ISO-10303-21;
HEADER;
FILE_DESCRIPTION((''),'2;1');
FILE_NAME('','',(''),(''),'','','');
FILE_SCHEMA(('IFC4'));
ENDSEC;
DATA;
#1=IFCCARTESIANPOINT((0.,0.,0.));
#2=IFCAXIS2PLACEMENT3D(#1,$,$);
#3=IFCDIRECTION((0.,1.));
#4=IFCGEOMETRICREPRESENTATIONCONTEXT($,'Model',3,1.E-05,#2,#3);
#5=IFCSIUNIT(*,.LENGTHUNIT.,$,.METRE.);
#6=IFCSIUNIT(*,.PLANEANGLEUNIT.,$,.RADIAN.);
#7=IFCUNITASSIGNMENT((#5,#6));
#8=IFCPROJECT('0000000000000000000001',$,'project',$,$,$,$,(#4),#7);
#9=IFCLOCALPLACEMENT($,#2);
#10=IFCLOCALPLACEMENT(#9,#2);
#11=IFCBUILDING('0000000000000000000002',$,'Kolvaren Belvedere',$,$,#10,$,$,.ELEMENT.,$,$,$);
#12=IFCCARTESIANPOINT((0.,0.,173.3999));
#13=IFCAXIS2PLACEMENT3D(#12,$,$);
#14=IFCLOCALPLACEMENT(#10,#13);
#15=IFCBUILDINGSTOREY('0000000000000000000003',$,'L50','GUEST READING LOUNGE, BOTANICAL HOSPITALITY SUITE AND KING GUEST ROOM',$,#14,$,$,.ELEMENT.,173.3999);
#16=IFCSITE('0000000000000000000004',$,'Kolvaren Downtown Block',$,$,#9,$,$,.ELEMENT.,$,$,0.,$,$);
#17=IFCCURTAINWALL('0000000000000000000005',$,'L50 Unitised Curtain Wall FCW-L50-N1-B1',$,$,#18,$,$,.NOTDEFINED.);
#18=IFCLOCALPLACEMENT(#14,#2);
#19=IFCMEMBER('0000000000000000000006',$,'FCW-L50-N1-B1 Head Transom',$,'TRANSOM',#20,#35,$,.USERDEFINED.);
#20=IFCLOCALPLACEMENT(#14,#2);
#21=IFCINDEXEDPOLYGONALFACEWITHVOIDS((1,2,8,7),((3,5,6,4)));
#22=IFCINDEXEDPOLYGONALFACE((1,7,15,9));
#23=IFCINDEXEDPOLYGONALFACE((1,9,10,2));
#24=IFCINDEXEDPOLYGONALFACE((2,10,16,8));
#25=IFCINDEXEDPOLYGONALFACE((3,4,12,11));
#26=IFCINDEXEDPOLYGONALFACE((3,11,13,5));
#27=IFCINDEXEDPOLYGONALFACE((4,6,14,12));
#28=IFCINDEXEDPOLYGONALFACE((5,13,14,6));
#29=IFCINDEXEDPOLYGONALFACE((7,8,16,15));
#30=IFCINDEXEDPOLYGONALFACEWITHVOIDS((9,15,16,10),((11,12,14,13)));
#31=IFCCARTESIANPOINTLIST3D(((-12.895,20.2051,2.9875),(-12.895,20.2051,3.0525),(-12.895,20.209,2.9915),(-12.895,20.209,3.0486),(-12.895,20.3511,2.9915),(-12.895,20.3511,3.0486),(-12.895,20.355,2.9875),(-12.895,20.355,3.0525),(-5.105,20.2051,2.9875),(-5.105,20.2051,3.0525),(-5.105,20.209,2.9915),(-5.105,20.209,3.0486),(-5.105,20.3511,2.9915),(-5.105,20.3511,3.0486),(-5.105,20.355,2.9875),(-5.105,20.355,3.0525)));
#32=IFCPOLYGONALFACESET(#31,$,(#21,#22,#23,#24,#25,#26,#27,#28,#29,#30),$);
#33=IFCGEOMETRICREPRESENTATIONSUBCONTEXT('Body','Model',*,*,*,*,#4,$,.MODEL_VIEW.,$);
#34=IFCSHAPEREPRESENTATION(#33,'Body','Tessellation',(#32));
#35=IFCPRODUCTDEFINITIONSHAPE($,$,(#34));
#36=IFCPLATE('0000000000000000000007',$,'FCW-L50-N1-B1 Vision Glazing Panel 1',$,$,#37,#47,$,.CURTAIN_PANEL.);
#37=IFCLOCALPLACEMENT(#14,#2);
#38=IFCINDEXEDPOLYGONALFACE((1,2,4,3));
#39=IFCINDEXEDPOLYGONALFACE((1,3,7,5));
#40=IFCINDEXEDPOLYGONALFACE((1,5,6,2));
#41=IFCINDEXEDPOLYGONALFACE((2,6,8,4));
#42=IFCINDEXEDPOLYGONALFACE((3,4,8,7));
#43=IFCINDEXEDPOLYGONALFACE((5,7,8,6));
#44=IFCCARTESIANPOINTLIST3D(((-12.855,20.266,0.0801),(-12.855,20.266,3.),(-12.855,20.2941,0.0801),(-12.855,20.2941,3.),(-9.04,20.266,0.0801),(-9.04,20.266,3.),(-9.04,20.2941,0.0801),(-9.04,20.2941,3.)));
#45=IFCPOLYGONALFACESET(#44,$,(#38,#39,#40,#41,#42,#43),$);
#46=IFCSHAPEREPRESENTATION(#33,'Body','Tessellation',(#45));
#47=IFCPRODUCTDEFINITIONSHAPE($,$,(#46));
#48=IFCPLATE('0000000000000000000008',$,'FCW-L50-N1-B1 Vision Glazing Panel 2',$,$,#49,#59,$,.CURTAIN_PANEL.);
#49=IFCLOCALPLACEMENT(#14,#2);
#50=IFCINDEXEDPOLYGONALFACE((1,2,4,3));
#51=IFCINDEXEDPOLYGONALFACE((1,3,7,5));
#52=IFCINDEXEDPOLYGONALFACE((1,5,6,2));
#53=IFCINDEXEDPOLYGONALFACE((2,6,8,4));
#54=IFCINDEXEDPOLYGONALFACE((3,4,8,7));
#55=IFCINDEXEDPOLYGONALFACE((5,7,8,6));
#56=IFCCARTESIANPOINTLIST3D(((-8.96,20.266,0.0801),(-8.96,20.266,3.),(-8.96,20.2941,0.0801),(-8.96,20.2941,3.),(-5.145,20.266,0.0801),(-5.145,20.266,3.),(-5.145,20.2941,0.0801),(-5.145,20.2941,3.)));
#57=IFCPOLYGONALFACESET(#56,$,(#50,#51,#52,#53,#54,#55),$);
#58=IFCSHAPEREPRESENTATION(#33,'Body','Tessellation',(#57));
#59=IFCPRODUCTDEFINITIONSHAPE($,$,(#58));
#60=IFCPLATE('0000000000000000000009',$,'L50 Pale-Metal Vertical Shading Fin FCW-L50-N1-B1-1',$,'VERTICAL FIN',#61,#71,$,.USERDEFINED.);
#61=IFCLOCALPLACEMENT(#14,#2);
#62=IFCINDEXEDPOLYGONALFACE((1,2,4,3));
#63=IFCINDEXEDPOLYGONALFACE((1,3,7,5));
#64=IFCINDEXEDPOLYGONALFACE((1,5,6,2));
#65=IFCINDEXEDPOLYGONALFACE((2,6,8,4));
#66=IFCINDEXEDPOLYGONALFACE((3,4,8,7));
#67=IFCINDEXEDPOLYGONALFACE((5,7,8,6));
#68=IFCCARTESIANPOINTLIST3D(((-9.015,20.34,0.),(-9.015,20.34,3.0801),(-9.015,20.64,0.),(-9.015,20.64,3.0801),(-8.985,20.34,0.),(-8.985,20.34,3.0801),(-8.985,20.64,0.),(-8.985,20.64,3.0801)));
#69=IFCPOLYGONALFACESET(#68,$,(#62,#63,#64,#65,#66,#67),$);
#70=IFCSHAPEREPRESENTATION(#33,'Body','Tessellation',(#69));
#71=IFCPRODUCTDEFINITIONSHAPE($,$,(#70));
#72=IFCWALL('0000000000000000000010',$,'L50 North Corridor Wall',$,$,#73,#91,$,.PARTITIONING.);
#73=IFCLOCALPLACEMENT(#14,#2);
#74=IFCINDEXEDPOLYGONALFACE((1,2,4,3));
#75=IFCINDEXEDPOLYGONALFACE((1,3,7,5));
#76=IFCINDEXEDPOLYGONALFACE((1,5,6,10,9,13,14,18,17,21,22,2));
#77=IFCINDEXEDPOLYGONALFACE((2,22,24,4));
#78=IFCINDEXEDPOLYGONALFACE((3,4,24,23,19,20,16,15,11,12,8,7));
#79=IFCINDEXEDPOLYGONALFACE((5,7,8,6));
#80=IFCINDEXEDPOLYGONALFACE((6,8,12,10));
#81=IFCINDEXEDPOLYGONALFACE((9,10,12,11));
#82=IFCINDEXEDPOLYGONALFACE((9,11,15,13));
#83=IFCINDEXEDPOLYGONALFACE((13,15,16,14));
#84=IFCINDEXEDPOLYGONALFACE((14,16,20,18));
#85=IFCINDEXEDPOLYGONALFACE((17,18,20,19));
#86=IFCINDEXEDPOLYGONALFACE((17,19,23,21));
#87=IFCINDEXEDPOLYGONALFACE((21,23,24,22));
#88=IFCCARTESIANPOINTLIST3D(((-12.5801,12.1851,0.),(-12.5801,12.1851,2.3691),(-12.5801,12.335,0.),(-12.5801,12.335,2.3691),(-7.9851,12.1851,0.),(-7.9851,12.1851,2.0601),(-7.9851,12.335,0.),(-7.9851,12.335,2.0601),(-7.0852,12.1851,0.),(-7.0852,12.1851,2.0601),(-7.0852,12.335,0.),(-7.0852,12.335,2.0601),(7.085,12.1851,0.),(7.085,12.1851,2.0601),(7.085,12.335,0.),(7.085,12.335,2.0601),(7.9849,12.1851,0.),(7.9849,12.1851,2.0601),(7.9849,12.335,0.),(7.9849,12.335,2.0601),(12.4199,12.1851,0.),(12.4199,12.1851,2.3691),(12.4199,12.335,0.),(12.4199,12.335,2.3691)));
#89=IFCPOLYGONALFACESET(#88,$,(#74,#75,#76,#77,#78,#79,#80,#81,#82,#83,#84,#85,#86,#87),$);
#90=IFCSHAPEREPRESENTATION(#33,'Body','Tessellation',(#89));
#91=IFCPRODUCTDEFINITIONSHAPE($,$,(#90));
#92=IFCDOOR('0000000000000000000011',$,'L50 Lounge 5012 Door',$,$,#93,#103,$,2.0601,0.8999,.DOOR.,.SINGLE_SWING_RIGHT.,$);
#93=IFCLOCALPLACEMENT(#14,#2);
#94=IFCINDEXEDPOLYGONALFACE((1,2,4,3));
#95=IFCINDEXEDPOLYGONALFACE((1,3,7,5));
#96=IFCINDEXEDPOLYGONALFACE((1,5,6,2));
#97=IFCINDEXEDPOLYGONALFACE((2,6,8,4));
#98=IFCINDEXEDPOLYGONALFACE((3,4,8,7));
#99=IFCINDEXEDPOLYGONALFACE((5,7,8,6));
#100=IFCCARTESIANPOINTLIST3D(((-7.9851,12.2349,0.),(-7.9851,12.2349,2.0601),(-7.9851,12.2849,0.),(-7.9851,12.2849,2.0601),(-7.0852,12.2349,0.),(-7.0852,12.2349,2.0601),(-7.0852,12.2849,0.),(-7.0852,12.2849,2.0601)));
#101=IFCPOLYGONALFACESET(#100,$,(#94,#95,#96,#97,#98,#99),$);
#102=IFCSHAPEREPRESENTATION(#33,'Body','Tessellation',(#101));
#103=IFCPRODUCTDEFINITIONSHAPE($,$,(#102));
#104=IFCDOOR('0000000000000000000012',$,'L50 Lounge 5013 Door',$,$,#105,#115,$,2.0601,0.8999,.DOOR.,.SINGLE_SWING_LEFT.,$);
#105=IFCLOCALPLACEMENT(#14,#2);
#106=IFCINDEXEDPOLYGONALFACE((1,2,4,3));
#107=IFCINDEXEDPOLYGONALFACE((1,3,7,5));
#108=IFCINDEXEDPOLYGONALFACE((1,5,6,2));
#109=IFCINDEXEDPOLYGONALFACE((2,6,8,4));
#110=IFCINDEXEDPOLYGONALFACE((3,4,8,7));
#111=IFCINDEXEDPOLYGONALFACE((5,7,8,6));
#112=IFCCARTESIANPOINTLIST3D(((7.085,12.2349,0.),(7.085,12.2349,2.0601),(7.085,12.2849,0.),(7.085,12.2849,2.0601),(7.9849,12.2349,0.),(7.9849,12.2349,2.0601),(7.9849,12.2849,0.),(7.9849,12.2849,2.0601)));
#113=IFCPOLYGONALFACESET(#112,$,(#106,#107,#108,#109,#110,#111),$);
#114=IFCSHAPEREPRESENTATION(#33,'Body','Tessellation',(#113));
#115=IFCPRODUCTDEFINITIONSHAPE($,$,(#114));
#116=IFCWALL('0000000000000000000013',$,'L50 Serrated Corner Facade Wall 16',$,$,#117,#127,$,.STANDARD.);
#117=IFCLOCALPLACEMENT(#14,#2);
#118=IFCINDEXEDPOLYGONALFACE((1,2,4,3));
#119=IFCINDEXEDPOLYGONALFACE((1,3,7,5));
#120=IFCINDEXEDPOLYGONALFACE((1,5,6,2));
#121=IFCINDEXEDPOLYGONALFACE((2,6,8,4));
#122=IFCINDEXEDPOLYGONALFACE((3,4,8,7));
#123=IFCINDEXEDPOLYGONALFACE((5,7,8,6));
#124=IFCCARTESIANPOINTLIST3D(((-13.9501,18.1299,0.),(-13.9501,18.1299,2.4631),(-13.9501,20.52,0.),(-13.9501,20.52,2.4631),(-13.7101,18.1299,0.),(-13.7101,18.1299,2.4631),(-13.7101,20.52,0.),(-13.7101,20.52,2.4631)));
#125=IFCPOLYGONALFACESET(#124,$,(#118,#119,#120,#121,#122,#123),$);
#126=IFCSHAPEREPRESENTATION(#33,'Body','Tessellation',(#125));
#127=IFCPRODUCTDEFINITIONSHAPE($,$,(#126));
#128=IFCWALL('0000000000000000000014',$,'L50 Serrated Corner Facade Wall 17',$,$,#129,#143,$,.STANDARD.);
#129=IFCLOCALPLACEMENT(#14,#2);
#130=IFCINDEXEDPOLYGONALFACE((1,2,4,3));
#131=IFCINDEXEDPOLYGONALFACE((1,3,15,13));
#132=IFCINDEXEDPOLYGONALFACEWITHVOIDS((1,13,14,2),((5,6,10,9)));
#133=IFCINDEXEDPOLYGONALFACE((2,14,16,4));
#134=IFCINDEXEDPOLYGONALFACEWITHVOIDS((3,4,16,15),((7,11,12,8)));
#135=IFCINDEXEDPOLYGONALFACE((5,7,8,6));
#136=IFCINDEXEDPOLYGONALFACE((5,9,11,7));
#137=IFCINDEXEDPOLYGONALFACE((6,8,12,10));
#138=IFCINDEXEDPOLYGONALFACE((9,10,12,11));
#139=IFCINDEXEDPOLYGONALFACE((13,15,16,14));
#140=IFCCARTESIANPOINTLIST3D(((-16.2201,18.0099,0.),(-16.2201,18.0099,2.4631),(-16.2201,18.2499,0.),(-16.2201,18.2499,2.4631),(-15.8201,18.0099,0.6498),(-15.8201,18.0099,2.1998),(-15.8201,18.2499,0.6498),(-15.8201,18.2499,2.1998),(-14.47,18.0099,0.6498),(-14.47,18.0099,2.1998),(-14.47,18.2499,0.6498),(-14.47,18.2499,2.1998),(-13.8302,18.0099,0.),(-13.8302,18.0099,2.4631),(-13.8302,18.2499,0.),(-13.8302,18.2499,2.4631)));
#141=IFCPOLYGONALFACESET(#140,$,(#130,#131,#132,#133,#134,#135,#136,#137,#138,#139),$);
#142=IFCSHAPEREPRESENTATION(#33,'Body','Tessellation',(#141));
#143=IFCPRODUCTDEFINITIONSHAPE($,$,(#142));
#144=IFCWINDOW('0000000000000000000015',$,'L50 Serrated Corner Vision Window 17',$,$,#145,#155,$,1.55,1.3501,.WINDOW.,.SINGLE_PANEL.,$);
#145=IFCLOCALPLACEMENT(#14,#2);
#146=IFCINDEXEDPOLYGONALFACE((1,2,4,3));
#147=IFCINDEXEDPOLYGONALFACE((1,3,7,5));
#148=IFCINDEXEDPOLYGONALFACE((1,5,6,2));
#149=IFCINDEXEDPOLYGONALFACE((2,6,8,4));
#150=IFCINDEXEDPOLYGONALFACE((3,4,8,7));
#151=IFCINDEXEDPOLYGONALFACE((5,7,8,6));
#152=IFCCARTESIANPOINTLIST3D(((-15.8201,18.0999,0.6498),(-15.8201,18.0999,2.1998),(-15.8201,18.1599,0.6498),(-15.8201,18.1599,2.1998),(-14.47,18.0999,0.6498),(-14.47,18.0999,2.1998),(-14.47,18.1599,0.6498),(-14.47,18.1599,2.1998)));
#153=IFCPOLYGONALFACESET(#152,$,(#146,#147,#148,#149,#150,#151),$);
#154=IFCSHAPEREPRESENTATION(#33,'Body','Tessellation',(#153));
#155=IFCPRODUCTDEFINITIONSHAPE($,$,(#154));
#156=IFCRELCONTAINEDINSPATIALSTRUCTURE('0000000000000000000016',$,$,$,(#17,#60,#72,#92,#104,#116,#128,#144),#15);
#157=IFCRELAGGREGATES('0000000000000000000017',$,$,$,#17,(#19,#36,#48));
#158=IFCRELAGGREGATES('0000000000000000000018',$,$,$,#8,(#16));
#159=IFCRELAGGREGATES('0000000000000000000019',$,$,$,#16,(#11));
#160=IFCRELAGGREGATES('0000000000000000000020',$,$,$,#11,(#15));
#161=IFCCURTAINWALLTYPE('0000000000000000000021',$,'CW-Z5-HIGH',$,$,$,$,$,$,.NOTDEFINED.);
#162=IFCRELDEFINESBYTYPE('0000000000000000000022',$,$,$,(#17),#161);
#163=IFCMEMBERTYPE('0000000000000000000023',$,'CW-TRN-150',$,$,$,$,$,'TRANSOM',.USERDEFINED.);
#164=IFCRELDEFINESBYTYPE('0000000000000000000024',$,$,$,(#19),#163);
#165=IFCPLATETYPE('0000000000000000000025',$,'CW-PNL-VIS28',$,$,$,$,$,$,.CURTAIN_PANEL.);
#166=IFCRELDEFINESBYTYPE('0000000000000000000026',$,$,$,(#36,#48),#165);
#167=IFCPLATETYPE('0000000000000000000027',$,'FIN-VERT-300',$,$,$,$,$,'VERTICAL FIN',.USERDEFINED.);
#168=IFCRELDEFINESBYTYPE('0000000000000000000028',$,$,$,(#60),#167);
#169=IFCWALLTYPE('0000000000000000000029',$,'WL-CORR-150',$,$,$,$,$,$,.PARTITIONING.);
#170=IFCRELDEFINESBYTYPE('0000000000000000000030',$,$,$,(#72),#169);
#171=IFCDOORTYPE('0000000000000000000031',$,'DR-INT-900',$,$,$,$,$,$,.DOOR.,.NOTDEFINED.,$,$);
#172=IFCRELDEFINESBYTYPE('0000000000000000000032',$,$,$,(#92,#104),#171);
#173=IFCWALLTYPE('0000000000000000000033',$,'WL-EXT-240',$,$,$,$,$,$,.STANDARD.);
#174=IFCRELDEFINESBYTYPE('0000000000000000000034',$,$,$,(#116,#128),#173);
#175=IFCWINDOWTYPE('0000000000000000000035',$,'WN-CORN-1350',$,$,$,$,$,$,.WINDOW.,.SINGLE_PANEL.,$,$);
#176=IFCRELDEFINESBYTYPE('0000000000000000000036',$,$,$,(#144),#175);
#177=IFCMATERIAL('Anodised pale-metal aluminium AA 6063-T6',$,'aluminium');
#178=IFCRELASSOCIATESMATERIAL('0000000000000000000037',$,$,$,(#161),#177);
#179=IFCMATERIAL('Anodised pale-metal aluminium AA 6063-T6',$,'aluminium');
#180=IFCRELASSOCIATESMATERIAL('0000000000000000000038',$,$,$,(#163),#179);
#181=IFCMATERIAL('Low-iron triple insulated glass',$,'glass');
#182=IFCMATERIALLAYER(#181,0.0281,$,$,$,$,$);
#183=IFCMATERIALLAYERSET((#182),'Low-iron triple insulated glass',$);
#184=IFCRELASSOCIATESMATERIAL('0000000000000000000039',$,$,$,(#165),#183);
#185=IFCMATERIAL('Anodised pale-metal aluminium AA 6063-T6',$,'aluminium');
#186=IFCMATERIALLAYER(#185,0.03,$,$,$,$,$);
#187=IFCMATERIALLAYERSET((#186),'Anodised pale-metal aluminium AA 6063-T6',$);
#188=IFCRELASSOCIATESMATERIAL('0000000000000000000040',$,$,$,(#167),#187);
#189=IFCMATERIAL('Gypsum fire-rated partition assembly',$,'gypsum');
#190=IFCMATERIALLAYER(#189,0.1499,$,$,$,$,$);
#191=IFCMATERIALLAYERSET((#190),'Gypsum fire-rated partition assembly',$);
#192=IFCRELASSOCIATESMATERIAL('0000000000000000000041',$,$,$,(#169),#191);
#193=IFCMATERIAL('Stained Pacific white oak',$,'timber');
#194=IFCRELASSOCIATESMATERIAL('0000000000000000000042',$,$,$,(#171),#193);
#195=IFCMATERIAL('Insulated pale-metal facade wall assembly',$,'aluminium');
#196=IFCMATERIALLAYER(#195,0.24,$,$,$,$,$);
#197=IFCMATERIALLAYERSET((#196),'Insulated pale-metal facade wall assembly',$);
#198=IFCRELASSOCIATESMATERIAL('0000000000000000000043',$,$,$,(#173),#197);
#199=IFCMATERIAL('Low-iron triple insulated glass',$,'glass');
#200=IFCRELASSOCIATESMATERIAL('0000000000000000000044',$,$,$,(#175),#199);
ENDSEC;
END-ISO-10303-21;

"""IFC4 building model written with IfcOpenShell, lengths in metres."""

from ifc_helpers import new_model, si_unit, direction, frame, frame_2d, origin, origin_2d, place, context, subcontext, project, spatial, rectangle, hollow_rectangle, extrude, material, layer, layer_set, material_profile, profile_set, type_object, element, fill, aggregate, save


model = new_model("IFC4")

# Units and contexts
model_context = context("Model", 3, precision=1e-05, world=origin(), true_north=direction((0.0, 1.0)))
body_context = subcontext(model_context, "Body", "Model", "MODEL_VIEW")
ifc_project = project(units=[si_unit("LENGTHUNIT", "METRE"), si_unit("PLANEANGLEUNIT", "RADIAN")], contexts=[model_context])

# Site, building, storey
site_placement = place(None, origin())
site = spatial("IfcSite", under=ifc_project, at=site_placement, Name="Kolvaren Downtown Block", CompositionType="ELEMENT", RefElevation=0.0)
building_placement = place(site_placement, origin())
building = spatial("IfcBuilding", under=site, at=building_placement, Name="Kolvaren Belvedere", CompositionType="ELEMENT")
storey_placement = place(building_placement, frame((0.0, 0.0, 173.3999)))
storey = spatial("IfcBuildingStorey", under=building, at=storey_placement, Name="L50", Description="GUEST READING LOUNGE, BOTANICAL HOSPITALITY SUITE AND KING GUEST ROOM", CompositionType="ELEMENT", Elevation=173.3999)

# Curtain wall
ifc_material_1 = material(Name="Anodised pale-metal aluminium AA 6063-T6", Category="aluminium")
curtain_wall_type = type_object("IfcCurtainWallType", Name="CW-Z5-HIGH", PredefinedType="NOTDEFINED", material=ifc_material_1)
curtain_wall_1_placement = place(storey_placement, origin())
curtain_wall_1 = element("IfcCurtainWall", 1, at=curtain_wall_1_placement, inside=storey, type_object=curtain_wall_type, Name="L50 Unitised Curtain Wall FCW-L50-N1-B1", PredefinedType="NOTDEFINED")

# Member
ifc_material_2 = material(Name="Anodised pale-metal aluminium AA 6063-T6", Category="aluminium")
ifc_material_profile_1 = material_profile(ifc_material_2, hollow_rectangle(XDim=0.0649, YDim=0.1499, WallThickness=0.0039, at=origin_2d()), Name="ALU-TRN-150X65")
ifc_profile_set_1 = profile_set([ifc_material_profile_1], Name="Anodised pale-metal aluminium AA 6063-T6")
member_type_1 = type_object("IfcMemberType", Name="CW-TRN-150", ElementType="TRANSOM", PredefinedType="USERDEFINED", material=ifc_profile_set_1)
member_1_placement = place(storey_placement, frame((-12.895, 20.28, 3.02), z_axis=(1.0, 0.0, 0.0), x_axis=(0.0, 0.0, 1.0)))
member_1 = element("IfcMember", 2, at=member_1_placement, type_object=member_type_1, Name="FCW-L50-N1-B1 Head Transom", ObjectType="TRANSOM", PredefinedType="USERDEFINED", context=body_context, shape_type="SweptSolid", body=[
    extrude(hollow_rectangle(XDim=0.0649, YDim=0.1499, WallThickness=0.0039, at=origin_2d()), origin(), (0.0, 0.0, 1.0), 7.79),
])

# Plates
ifc_material_3 = material(Name="Low-iron triple insulated glass", Category="glass")
ifc_layer_1 = layer(ifc_material_3, 0.0281)
ifc_layer_set_1 = layer_set([ifc_layer_1], Name="Low-iron triple insulated glass")
plate_type_1 = type_object("IfcPlateType", Name="CW-PNL-VIS28", PredefinedType="CURTAIN_PANEL", material=ifc_layer_set_1)
plate_1_placement = place(storey_placement, frame((-10.9475, 20.28, 0.0801), z_axis=(0.0, 0.0, 1.0), x_axis=(1.0, 0.0, 0.0)))
plate_1 = element("IfcPlate", 3, at=plate_1_placement, type_object=plate_type_1, Name="FCW-L50-N1-B1 Vision Glazing Panel 1", PredefinedType="CURTAIN_PANEL", context=body_context, shape_type="SweptSolid", body=[
    extrude(rectangle(XDim=3.8149, YDim=0.0281, at=origin_2d()), origin(), (0.0, 0.0, 1.0), 2.9199),
])
plate_2_placement = place(storey_placement, frame((-7.0525, 20.28, 0.0801), z_axis=(0.0, 0.0, 1.0), x_axis=(1.0, 0.0, 0.0)))
plate_2 = element("IfcPlate", 4, at=plate_2_placement, type_object=plate_type_1, Name="FCW-L50-N1-B1 Vision Glazing Panel 2", PredefinedType="CURTAIN_PANEL", context=body_context, shape_type="SweptSolid", body=[
    extrude(rectangle(XDim=3.8149, YDim=0.0281, at=origin_2d()), origin(), (0.0, 0.0, 1.0), 2.9199),
])
aggregate(curtain_wall_1, [member_1, plate_1, plate_2])
ifc_material_4 = material(Name="Anodised pale-metal aluminium AA 6063-T6", Category="aluminium")
ifc_layer_2 = layer(ifc_material_4, 0.03)
ifc_layer_set_2 = layer_set([ifc_layer_2], Name="Anodised pale-metal aluminium AA 6063-T6")
plate_type_2 = type_object("IfcPlateType", Name="FIN-VERT-300", ElementType="VERTICAL FIN", PredefinedType="USERDEFINED", material=ifc_layer_set_2)
plate_3_placement = place(storey_placement, frame((-9.0, 20.49, 0.0), z_axis=(0.0, 0.0, 1.0), x_axis=(0.0, 1.0, 0.0)))
element("IfcPlate", 5, at=plate_3_placement, inside=storey, type_object=plate_type_2, Name="L50 Pale-Metal Vertical Shading Fin FCW-L50-N1-B1-1", ObjectType="VERTICAL FIN", PredefinedType="USERDEFINED", context=body_context, shape_type="SweptSolid", body=[
    extrude(rectangle(XDim=0.3, YDim=0.03, at=origin_2d()), origin(), (0.0, 0.0, 1.0), 3.0801),
])

# Wall, openings, doors
ifc_material_5 = material(Name="Gypsum fire-rated partition assembly", Category="gypsum")
ifc_layer_3 = layer(ifc_material_5, 0.1499)
ifc_layer_set_3 = layer_set([ifc_layer_3], Name="Gypsum fire-rated partition assembly")
wall_type_1 = type_object("IfcWallType", Name="WL-CORR-150", PredefinedType="PARTITIONING", material=ifc_layer_set_3)
wall_1_placement = place(storey_placement, frame((-12.5801, 12.26, 0.0), z_axis=(0.0, 0.0, 1.0), x_axis=(1.0, 0.0, 0.0)))
wall_1 = element("IfcWall", 6, at=wall_1_placement, inside=storey, type_object=wall_type_1, Name="L50 North Corridor Wall", PredefinedType="PARTITIONING", context=body_context, shape_type="SweptSolid", body=[
    extrude(rectangle(XDim=25.0, YDim=0.1499, at=frame_2d((12.5, 0.0))), origin(), (0.0, 0.0, 1.0), 2.3691),
])
opening_1_placement = place(wall_1_placement, frame((4.595, 0.0, 0.0)))
opening_1 = element("IfcOpeningElement", 7, at=opening_1_placement, cuts=wall_1, PredefinedType="OPENING", context=body_context, shape_type="SweptSolid", body=[
    extrude(rectangle(XDim=0.8999, YDim=2.0601, at=frame_2d((0.45, 1.03))), frame((0.0, 0.085, 0.0), z_axis=(0.0, -1.0, 0.0), x_axis=(1.0, 0.0, 0.0)), (0.0, 0.0, 1.0), 0.1699),
])
opening_2_placement = place(wall_1_placement, frame((19.665, 0.0, 0.0)))
opening_2 = element("IfcOpeningElement", 8, at=opening_2_placement, cuts=wall_1, PredefinedType="OPENING", context=body_context, shape_type="SweptSolid", body=[
    extrude(rectangle(XDim=0.8999, YDim=2.0601, at=frame_2d((0.45, 1.03))), frame((0.0, 0.085, 0.0), z_axis=(0.0, -1.0, 0.0), x_axis=(1.0, 0.0, 0.0)), (0.0, 0.0, 1.0), 0.1699),
])
ifc_material_6 = material(Name="Stained Pacific white oak", Category="timber")
door_type = type_object("IfcDoorType", Name="DR-INT-900", OperationType="NOTDEFINED", PredefinedType="DOOR", material=ifc_material_6)
door_1_placement = place(opening_1_placement, origin())
door_1 = element("IfcDoor", 9, at=door_1_placement, inside=storey, type_object=door_type, Name="L50 Lounge 5012 Door", OperationType="SINGLE_SWING_RIGHT", OverallHeight=2.0601, OverallWidth=0.8999, PredefinedType="DOOR", context=body_context, shape_type="SweptSolid", body=[
    extrude(rectangle(XDim=0.8999, YDim=2.0601, at=frame_2d((0.45, 1.03))), frame((0.0, 0.0249, 0.0), z_axis=(0.0, -1.0, 0.0), x_axis=(1.0, 0.0, 0.0)), (0.0, 0.0, 1.0), 0.05),
])
fill(opening_1, door_1)
door_2_placement = place(opening_2_placement, origin())
door_2 = element("IfcDoor", 10, at=door_2_placement, inside=storey, type_object=door_type, Name="L50 Lounge 5013 Door", OperationType="SINGLE_SWING_LEFT", OverallHeight=2.0601, OverallWidth=0.8999, PredefinedType="DOOR", context=body_context, shape_type="SweptSolid", body=[
    extrude(rectangle(XDim=0.8999, YDim=2.0601, at=frame_2d((0.45, 1.03))), frame((0.0, 0.0249, 0.0), z_axis=(0.0, -1.0, 0.0), x_axis=(1.0, 0.0, 0.0)), (0.0, 0.0, 1.0), 0.05),
])
fill(opening_2, door_2)

# Wall
ifc_material_7 = material(Name="Insulated pale-metal facade wall assembly", Category="aluminium")
ifc_layer_4 = layer(ifc_material_7, 0.24)
ifc_layer_set_4 = layer_set([ifc_layer_4], Name="Insulated pale-metal facade wall assembly")
wall_type_2 = type_object("IfcWallType", Name="WL-EXT-240", PredefinedType="STANDARD", material=ifc_layer_set_4)
wall_2_placement = place(storey_placement, frame((-13.8301, 18.1299, 0.0), z_axis=(0.0, 0.0, 1.0), x_axis=(0.0, 1.0, 0.0)))
element("IfcWall", 11, at=wall_2_placement, inside=storey, type_object=wall_type_2, Name="L50 Serrated Corner Facade Wall 16", PredefinedType="STANDARD", context=body_context, shape_type="SweptSolid", body=[
    extrude(rectangle(XDim=2.3901, YDim=0.24, at=frame_2d((1.1951, 0.0))), origin(), (0.0, 0.0, 1.0), 2.4631),
])

# Wall, opening, window
wall_3_placement = place(storey_placement, frame((-16.22, 18.1299, 0.0), z_axis=(0.0, 0.0, 1.0), x_axis=(1.0, 0.0, 0.0)))
wall_3 = element("IfcWall", 12, at=wall_3_placement, inside=storey, type_object=wall_type_2, Name="L50 Serrated Corner Facade Wall 17", PredefinedType="STANDARD", context=body_context, shape_type="SweptSolid", body=[
    extrude(rectangle(XDim=2.3899, YDim=0.24, at=frame_2d((1.1948, 0.0))), origin(), (0.0, 0.0, 1.0), 2.4631),
])
opening_3_placement = place(wall_3_placement, frame((0.3999, 0.0, 0.6499)))
opening_3 = element("IfcOpeningElement", 13, at=opening_3_placement, cuts=wall_3, PredefinedType="OPENING", context=body_context, shape_type="SweptSolid", body=[
    extrude(rectangle(XDim=1.3501, YDim=1.55, at=frame_2d((0.675, 0.7749))), frame((0.0, 0.1299, 0.0), z_axis=(0.0, -1.0, 0.0), x_axis=(1.0, 0.0, 0.0)), (0.0, 0.0, 1.0), 0.26),
])
ifc_material_8 = material(Name="Low-iron triple insulated glass", Category="glass")
window_type_1 = type_object("IfcWindowType", Name="WN-CORN-1350", PartitioningType="SINGLE_PANEL", PredefinedType="WINDOW", material=ifc_material_8)
window_1_placement = place(opening_3_placement, origin())
window_1 = element("IfcWindow", 14, at=window_1_placement, inside=storey, type_object=window_type_1, Name="L50 Serrated Corner Vision Window 17", OverallHeight=1.55, OverallWidth=1.3501, PartitioningType="SINGLE_PANEL", PredefinedType="WINDOW", context=body_context, shape_type="SweptSolid", body=[
    extrude(rectangle(XDim=1.3501, YDim=1.55, at=frame_2d((0.675, 0.7749))), frame((0.0, 0.03, 0.0), z_axis=(0.0, -1.0, 0.0), x_axis=(1.0, 0.0, 0.0)), (0.0, 0.0, 1.0), 0.0601),
])
fill(opening_3, window_1)

save(model, "model.ifc")
